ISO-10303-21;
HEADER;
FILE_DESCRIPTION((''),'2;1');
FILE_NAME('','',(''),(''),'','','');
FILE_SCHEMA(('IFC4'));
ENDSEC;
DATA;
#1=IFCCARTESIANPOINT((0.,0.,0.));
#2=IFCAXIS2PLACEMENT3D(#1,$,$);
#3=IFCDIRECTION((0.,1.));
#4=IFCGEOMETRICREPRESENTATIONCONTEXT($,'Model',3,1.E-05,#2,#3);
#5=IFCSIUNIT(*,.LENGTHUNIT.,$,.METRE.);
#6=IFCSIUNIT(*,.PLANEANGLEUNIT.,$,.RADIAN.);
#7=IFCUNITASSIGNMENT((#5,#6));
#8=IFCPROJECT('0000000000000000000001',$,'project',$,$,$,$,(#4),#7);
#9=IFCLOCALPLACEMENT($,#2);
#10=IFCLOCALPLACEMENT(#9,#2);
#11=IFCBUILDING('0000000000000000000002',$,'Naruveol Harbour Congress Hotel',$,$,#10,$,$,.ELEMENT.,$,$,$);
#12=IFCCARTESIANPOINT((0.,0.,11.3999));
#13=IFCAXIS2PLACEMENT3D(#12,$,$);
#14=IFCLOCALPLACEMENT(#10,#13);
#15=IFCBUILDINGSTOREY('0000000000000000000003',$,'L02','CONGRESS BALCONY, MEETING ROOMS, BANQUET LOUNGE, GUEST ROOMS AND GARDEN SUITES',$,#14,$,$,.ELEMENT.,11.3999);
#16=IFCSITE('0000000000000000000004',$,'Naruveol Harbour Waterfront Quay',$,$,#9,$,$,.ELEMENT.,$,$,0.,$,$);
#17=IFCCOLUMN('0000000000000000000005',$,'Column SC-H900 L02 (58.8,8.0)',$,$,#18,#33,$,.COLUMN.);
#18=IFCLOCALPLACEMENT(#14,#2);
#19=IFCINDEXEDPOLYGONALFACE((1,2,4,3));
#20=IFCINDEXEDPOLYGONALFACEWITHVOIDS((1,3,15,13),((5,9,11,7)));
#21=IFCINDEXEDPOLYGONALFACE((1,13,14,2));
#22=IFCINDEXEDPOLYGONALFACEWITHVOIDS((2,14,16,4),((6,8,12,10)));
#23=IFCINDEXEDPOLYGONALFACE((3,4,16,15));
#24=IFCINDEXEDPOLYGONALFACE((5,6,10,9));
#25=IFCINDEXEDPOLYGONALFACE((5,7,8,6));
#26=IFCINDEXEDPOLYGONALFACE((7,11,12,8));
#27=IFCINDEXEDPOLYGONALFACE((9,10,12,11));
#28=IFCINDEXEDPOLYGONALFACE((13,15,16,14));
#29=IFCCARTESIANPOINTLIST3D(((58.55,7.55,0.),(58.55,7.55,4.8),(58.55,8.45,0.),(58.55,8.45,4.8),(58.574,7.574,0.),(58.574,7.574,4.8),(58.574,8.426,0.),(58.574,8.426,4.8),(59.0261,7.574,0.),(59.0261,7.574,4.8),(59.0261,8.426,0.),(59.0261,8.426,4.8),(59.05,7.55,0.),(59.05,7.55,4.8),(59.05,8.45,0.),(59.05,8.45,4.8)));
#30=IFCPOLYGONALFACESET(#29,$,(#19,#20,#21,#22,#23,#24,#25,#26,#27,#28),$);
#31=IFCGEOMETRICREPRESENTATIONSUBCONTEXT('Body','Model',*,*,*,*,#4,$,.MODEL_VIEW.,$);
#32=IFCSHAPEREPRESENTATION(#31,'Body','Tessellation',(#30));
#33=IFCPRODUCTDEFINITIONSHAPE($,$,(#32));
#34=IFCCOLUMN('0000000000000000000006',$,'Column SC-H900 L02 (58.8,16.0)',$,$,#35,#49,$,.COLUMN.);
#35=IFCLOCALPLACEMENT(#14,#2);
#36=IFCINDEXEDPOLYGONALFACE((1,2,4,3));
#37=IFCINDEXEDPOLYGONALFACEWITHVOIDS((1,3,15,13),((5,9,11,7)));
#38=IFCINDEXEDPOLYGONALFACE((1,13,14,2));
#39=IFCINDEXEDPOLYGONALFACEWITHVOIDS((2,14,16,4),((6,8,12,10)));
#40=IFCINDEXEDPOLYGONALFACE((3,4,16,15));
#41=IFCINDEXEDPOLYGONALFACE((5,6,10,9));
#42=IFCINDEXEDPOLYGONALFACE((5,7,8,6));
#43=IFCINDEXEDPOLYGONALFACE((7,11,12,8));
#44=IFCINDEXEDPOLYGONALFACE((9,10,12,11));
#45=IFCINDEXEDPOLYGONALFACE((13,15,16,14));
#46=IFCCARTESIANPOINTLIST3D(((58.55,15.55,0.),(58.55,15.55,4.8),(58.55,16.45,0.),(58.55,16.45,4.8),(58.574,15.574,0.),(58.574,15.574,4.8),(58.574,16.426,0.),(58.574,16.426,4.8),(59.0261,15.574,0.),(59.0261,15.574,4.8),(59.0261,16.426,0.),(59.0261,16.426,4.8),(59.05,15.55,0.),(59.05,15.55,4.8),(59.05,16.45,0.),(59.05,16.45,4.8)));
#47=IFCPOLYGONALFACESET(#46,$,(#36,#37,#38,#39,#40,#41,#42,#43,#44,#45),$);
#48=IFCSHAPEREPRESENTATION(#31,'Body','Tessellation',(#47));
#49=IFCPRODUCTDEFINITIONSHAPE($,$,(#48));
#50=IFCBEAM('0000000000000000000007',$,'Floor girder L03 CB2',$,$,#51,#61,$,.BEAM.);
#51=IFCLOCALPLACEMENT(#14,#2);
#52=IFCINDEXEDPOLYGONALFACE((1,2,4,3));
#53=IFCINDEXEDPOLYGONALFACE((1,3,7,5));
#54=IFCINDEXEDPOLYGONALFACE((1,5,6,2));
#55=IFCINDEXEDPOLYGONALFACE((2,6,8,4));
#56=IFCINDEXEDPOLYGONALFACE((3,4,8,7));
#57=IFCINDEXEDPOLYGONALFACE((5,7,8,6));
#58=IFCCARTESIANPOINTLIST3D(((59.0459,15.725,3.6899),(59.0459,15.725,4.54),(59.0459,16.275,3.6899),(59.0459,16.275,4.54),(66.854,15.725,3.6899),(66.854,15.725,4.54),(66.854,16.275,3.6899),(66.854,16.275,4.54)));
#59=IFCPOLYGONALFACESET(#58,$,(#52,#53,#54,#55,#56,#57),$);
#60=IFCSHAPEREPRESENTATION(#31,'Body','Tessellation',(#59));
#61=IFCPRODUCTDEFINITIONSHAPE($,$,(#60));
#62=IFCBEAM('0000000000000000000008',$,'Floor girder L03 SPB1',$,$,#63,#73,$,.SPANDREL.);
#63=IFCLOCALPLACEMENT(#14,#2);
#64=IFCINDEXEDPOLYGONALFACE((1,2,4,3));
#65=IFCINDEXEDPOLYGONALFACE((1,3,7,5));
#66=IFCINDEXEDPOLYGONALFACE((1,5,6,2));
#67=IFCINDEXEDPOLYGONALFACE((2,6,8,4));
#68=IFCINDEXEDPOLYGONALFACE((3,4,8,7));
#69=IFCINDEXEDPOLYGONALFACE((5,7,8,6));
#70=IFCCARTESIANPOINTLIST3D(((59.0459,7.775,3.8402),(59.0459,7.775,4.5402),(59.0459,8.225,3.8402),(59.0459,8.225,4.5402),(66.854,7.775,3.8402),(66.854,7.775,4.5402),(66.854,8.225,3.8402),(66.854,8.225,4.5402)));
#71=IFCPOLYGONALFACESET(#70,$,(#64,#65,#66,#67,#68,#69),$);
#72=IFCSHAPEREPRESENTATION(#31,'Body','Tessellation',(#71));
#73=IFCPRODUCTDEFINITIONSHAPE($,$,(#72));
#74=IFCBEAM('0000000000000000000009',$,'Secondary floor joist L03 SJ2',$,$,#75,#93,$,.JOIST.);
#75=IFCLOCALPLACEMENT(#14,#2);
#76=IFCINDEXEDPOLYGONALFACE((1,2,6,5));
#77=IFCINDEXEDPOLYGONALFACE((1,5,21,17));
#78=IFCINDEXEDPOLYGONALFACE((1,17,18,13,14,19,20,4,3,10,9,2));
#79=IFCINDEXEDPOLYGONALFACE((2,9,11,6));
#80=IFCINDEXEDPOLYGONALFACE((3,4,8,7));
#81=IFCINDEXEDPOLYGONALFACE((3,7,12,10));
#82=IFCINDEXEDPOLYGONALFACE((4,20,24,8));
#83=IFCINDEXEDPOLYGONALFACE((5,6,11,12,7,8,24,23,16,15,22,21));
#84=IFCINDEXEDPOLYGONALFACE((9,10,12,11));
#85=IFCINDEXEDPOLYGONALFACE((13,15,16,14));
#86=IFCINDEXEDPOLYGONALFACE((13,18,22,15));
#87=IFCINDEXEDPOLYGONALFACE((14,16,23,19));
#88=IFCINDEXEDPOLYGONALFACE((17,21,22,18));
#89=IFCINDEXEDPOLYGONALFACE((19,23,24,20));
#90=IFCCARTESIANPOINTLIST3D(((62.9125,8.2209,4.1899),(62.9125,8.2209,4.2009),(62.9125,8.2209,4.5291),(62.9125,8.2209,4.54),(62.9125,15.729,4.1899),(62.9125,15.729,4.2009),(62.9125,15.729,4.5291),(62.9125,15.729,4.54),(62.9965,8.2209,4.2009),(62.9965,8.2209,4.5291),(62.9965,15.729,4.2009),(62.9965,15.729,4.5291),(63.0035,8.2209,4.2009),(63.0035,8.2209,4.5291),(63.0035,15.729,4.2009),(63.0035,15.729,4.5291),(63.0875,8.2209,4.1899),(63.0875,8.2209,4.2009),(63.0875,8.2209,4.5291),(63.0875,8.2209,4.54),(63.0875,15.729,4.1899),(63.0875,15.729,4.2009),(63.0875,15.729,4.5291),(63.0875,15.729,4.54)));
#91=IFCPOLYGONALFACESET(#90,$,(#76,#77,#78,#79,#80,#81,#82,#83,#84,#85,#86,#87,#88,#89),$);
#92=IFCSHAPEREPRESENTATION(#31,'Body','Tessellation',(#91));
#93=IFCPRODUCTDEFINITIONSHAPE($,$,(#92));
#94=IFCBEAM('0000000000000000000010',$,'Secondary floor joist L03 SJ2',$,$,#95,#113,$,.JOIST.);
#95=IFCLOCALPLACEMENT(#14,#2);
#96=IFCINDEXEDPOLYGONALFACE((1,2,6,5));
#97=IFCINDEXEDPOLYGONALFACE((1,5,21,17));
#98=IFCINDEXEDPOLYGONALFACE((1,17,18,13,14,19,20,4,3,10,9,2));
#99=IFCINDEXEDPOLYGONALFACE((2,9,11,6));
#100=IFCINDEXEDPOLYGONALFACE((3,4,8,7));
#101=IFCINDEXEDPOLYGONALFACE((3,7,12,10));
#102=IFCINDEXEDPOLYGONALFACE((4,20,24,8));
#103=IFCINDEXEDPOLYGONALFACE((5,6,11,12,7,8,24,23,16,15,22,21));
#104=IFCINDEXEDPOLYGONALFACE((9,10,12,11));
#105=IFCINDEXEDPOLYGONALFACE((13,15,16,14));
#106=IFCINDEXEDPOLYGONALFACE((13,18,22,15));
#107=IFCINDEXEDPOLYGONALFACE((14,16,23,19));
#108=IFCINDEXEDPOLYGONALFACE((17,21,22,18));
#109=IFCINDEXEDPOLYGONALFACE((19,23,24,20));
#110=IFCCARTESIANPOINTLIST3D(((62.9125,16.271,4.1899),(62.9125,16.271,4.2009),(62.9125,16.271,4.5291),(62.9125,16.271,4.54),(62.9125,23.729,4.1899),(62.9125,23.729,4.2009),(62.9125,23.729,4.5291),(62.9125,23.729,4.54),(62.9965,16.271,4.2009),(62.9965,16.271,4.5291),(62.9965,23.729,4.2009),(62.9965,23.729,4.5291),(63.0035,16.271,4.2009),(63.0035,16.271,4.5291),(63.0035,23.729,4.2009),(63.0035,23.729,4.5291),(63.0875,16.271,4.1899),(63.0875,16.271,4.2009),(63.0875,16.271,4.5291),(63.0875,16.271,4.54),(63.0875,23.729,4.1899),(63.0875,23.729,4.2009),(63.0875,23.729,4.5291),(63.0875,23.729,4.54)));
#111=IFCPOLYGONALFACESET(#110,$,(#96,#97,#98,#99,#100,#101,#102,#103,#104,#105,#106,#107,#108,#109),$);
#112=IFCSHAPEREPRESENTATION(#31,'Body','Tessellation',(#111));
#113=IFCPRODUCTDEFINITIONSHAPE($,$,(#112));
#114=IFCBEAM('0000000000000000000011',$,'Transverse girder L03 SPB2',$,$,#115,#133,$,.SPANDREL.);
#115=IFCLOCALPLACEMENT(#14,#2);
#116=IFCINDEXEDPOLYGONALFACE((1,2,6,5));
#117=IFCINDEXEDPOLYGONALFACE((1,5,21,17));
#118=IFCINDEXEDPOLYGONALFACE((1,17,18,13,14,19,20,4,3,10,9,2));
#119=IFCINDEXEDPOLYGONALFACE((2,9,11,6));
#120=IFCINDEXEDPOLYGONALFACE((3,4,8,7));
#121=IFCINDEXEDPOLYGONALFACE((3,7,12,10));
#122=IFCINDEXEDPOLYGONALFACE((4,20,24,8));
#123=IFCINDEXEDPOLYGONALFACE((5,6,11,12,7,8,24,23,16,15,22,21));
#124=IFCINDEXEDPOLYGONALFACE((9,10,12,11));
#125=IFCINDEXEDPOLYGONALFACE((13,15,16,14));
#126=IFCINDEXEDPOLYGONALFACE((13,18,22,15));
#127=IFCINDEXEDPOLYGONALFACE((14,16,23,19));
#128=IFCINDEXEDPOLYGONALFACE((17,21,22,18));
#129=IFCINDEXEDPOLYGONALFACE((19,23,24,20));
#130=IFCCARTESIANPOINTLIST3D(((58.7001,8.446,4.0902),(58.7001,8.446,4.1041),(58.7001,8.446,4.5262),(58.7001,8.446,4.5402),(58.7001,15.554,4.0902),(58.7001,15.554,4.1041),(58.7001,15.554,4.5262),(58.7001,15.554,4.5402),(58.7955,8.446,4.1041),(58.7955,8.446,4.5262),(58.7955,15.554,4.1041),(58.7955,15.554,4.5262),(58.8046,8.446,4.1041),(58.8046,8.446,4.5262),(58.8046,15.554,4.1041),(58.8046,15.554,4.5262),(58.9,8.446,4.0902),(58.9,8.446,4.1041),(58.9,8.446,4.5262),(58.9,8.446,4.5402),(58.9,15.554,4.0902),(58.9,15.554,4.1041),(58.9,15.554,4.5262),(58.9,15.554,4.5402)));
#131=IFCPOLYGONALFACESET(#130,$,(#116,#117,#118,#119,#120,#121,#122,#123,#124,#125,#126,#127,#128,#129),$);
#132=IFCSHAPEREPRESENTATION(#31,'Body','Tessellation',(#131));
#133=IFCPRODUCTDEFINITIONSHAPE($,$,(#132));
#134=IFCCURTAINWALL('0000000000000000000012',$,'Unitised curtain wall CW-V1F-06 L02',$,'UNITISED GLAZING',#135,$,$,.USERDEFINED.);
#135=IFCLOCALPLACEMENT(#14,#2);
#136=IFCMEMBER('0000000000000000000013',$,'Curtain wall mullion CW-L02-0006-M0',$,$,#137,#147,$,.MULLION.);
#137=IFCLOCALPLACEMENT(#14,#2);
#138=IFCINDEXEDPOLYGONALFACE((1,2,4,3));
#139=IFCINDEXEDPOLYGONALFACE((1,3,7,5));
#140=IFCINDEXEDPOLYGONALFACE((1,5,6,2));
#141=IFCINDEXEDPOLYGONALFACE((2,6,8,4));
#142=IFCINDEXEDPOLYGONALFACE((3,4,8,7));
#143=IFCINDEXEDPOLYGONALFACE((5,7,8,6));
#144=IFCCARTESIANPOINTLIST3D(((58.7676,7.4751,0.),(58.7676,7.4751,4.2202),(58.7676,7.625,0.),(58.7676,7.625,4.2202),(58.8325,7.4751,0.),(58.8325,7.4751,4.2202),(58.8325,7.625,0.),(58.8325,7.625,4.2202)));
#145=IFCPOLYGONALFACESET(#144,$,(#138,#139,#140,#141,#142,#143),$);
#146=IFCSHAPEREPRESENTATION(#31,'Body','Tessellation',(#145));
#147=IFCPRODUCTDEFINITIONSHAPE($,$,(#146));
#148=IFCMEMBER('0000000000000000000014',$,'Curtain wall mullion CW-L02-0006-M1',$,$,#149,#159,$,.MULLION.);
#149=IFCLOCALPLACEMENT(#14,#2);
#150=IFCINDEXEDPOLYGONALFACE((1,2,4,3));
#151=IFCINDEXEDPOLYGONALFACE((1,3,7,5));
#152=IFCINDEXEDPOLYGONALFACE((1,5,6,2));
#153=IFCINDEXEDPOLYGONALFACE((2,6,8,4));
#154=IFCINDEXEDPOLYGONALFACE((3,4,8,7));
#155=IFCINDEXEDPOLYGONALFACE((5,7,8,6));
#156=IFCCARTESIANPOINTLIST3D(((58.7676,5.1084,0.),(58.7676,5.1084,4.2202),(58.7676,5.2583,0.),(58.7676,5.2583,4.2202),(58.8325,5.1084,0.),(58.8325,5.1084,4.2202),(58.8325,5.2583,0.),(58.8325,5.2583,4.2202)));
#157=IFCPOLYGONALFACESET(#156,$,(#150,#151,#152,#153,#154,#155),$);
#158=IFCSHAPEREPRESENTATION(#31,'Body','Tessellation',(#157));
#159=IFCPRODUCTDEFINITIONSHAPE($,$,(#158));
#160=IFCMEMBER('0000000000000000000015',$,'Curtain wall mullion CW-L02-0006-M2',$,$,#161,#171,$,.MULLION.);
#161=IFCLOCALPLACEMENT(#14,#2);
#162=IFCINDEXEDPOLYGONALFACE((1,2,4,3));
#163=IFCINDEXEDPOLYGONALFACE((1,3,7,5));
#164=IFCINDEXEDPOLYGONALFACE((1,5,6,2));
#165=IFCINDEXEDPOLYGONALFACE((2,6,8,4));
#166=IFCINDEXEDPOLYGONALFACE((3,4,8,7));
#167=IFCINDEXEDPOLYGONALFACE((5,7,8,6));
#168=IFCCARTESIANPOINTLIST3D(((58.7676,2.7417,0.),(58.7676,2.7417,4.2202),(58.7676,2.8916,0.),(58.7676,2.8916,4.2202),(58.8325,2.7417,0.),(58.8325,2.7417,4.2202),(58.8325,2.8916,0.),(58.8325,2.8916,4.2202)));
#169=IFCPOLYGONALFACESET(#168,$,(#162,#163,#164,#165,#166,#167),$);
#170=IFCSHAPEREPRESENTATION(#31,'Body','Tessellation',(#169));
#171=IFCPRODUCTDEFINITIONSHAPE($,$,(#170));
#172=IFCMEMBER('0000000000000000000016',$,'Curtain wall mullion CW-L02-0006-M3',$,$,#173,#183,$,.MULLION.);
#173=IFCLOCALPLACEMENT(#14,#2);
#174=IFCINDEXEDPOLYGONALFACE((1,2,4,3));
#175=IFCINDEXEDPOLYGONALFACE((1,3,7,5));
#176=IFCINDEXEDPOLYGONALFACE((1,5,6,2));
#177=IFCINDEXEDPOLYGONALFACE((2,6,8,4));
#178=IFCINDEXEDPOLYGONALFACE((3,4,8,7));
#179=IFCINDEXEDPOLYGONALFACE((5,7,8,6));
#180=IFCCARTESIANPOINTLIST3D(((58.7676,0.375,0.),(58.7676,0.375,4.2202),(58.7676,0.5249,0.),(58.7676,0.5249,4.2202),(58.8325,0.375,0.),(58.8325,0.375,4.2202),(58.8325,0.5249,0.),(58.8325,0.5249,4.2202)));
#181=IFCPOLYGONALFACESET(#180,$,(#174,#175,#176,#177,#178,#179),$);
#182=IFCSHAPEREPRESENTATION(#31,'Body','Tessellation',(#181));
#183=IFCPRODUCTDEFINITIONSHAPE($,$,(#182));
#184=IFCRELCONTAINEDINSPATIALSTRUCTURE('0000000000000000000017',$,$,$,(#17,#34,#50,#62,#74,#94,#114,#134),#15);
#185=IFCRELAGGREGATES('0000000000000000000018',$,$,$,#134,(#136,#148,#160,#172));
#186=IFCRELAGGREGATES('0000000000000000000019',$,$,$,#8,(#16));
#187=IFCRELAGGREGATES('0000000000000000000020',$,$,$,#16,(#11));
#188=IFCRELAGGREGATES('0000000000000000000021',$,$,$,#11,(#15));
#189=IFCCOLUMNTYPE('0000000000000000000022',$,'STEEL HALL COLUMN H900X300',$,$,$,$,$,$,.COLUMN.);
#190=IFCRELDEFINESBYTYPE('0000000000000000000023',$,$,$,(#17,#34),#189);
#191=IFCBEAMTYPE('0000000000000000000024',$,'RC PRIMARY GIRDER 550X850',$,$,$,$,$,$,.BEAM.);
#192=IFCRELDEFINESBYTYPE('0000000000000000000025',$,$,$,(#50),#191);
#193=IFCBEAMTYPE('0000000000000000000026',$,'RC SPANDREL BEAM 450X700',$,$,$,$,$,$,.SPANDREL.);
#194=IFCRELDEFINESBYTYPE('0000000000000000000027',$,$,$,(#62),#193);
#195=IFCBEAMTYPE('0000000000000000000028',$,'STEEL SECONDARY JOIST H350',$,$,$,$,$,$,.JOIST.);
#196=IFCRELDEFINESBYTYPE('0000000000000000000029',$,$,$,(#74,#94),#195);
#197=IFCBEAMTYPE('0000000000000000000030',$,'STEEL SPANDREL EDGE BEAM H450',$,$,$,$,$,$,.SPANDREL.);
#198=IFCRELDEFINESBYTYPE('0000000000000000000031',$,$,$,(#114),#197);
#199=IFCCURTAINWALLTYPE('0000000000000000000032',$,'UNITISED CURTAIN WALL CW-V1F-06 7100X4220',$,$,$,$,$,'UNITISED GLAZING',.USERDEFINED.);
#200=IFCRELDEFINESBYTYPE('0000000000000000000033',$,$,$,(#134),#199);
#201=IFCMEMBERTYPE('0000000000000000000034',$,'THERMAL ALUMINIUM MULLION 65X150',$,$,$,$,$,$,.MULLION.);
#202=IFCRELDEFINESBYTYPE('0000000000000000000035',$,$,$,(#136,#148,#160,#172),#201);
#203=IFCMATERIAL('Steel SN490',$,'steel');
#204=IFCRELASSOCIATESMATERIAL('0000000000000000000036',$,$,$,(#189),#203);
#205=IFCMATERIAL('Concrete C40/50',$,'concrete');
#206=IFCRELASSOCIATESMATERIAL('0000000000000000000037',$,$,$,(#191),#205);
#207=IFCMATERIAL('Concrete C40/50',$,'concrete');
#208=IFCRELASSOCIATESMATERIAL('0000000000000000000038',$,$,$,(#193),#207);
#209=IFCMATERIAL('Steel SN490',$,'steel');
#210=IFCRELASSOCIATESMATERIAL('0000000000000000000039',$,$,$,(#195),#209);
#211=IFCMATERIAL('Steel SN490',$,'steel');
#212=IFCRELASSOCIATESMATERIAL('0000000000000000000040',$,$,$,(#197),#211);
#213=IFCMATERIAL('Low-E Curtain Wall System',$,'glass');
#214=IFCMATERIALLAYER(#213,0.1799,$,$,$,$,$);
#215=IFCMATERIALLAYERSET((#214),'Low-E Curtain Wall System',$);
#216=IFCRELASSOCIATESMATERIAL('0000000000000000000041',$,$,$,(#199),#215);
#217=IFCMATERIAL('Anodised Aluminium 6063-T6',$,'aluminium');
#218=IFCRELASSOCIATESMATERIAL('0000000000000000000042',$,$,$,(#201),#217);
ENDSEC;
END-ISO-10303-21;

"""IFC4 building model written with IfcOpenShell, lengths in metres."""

from ifc_helpers import new_model, si_unit, direction, frame, origin, origin_2d, place, context, subcontext, project, spatial, rectangle, hollow_rectangle, i_section, extrude, material, layer, layer_set, material_profile, profile_set, type_object, element, aggregate, save


model = new_model("IFC4")

# Units and contexts
model_context = context("Model", 3, precision=1e-05, world=origin(), true_north=direction((0.0, 1.0)))
body_context = subcontext(model_context, "Body", "Model", "MODEL_VIEW")
ifc_project = project(units=[si_unit("LENGTHUNIT", "METRE"), si_unit("PLANEANGLEUNIT", "RADIAN")], contexts=[model_context])

# Site, building, storey
site_placement = place(None, origin())
site = spatial("IfcSite", under=ifc_project, at=site_placement, Name="Naruveol Harbour Waterfront Quay", CompositionType="ELEMENT", RefElevation=0.0)
building_placement = place(site_placement, origin())
building = spatial("IfcBuilding", under=site, at=building_placement, Name="Naruveol Harbour Congress Hotel", CompositionType="ELEMENT")
storey_placement = place(building_placement, frame((0.0, 0.0, 11.3999)))
storey = spatial("IfcBuildingStorey", under=building, at=storey_placement, Name="L02", Description="CONGRESS BALCONY, MEETING ROOMS, BANQUET LOUNGE, GUEST ROOMS AND GARDEN SUITES", CompositionType="ELEMENT", Elevation=11.3999)

# Columns
ifc_material_1 = material(Name="Steel SN490", Category="steel")
ifc_material_profile_1 = material_profile(ifc_material_1, hollow_rectangle(XDim=0.5, YDim=0.8999, WallThickness=0.0239, at=origin_2d()), Name="RHS-900x500x24")
ifc_profile_set_1 = profile_set([ifc_material_profile_1], Name="Steel SN490")
column_type = type_object("IfcColumnType", Name="STEEL HALL COLUMN H900X300", PredefinedType="COLUMN", material=ifc_profile_set_1)
for number, where, z_axis, x_axis, name in (
    (1, (58.8, 8.0, 0.0), (0.0, 0.0, 1.0), (1.0, 0.0, 0.0), "Column SC-H900 L02 (58.8,8.0)"),
    (2, (58.8, 16.0, 0.0), (0.0, 0.0, 1.0), (1.0, 0.0, 0.0), "Column SC-H900 L02 (58.8,16.0)"),
):
    element("IfcColumn", number, at=place(storey_placement, frame(where, z_axis=z_axis, x_axis=x_axis)), inside=storey, type_object=column_type, Name=name, PredefinedType="COLUMN", context=body_context, shape_type="SweptSolid", body=[
        extrude(hollow_rectangle(XDim=0.5, YDim=0.8999, WallThickness=0.0239, at=origin_2d()), origin(), (0.0, 0.0, 1.0), 4.8),
    ])

# Beams
ifc_material_2 = material(Name="Concrete C40/50", Category="concrete")
ifc_material_profile_2 = material_profile(ifc_material_2, rectangle(XDim=0.55, YDim=0.8501, at=origin_2d()), Name="RCB-550x850")
ifc_profile_set_2 = profile_set([ifc_material_profile_2], Name="Concrete C40/50")
beam_type_1 = type_object("IfcBeamType", Name="RC PRIMARY GIRDER 550X850", PredefinedType="BEAM", material=ifc_profile_set_2)
beam_1_placement = place(storey_placement, frame((59.0459, 16.0, 4.115), z_axis=(1.0, 0.0, 0.0), x_axis=(0.0, 1.0, 0.0)))
element("IfcBeam", 3, at=beam_1_placement, inside=storey, type_object=beam_type_1, Name="Floor girder L03 CB2", PredefinedType="BEAM", context=body_context, shape_type="SweptSolid", body=[
    extrude(rectangle(XDim=0.55, YDim=0.8501, at=origin_2d()), origin(), (0.0, 0.0, 1.0), 7.8081),
])
ifc_material_3 = material(Name="Concrete C40/50", Category="concrete")
ifc_material_profile_3 = material_profile(ifc_material_3, rectangle(XDim=0.45, YDim=0.7, at=origin_2d()), Name="RCB-450x700")
ifc_profile_set_3 = profile_set([ifc_material_profile_3], Name="Concrete C40/50")
beam_type_2 = type_object("IfcBeamType", Name="RC SPANDREL BEAM 450X700", PredefinedType="SPANDREL", material=ifc_profile_set_3)
beam_2_placement = place(storey_placement, frame((59.0459, 8.0, 4.1902), z_axis=(1.0, 0.0, 0.0), x_axis=(0.0, 1.0, 0.0)))
element("IfcBeam", 4, at=beam_2_placement, inside=storey, type_object=beam_type_2, Name="Floor girder L03 SPB1", PredefinedType="SPANDREL", context=body_context, shape_type="SweptSolid", body=[
    extrude(rectangle(XDim=0.45, YDim=0.7, at=origin_2d()), origin(), (0.0, 0.0, 1.0), 7.8081),
])
ifc_material_4 = material(Name="Steel SN490", Category="steel")
ifc_material_profile_4 = material_profile(ifc_material_4, i_section(OverallWidth=0.175, OverallDepth=0.3501, WebThickness=0.0071, FlangeThickness=0.011, at=origin_2d()), Name="H-350x175x7x11")
ifc_profile_set_4 = profile_set([ifc_material_profile_4], Name="Steel SN490")
beam_type_3 = type_object("IfcBeamType", Name="STEEL SECONDARY JOIST H350", PredefinedType="JOIST", material=ifc_profile_set_4)
beam_3_placement = place(storey_placement, frame((63.0, 8.2209, 4.365), z_axis=(0.0, 1.0, 0.0), x_axis=(-1.0, 0.0, 0.0)))
element("IfcBeam", 5, at=beam_3_placement, inside=storey, type_object=beam_type_3, Name="Secondary floor joist L03 SJ2", PredefinedType="JOIST", context=body_context, shape_type="SweptSolid", body=[
    extrude(i_section(OverallWidth=0.175, OverallDepth=0.3501, WebThickness=0.0071, FlangeThickness=0.011, at=origin_2d()), origin(), (0.0, 0.0, 1.0), 7.5081),
])
beam_4_placement = place(storey_placement, frame((63.0, 16.271, 4.365), z_axis=(0.0, 1.0, 0.0), x_axis=(-1.0, 0.0, 0.0)))
element("IfcBeam", 6, at=beam_4_placement, inside=storey, type_object=beam_type_3, Name="Secondary floor joist L03 SJ2", PredefinedType="JOIST", context=body_context, shape_type="SweptSolid", body=[
    extrude(i_section(OverallWidth=0.175, OverallDepth=0.3501, WebThickness=0.0071, FlangeThickness=0.011, at=origin_2d()), origin(), (0.0, 0.0, 1.0), 7.458),
])
ifc_material_5 = material(Name="Steel SN490", Category="steel")
ifc_material_profile_5 = material_profile(ifc_material_5, i_section(OverallWidth=0.2, OverallDepth=0.45, WebThickness=0.009, FlangeThickness=0.0139, at=origin_2d()), Name="H-450x200x9x14")
ifc_profile_set_5 = profile_set([ifc_material_profile_5], Name="Steel SN490")
beam_type_4 = type_object("IfcBeamType", Name="STEEL SPANDREL EDGE BEAM H450", PredefinedType="SPANDREL", material=ifc_profile_set_5)
beam_5_placement = place(storey_placement, frame((58.8, 8.446, 4.3152), z_axis=(0.0, 1.0, 0.0), x_axis=(-1.0, 0.0, 0.0)))
element("IfcBeam", 7, at=beam_5_placement, inside=storey, type_object=beam_type_4, Name="Transverse girder L03 SPB2", PredefinedType="SPANDREL", context=body_context, shape_type="SweptSolid", body=[
    extrude(i_section(OverallWidth=0.2, OverallDepth=0.45, WebThickness=0.009, FlangeThickness=0.0139, at=origin_2d()), origin(), (0.0, 0.0, 1.0), 7.1079),
])

# Curtain wall, members
ifc_material_6 = material(Name="Low-E Curtain Wall System", Category="glass")
ifc_layer_1 = layer(ifc_material_6, 0.1799)
ifc_layer_set_1 = layer_set([ifc_layer_1], Name="Low-E Curtain Wall System")
curtain_wall_type = type_object("IfcCurtainWallType", Name="UNITISED CURTAIN WALL CW-V1F-06 7100X4220", ElementType="UNITISED GLAZING", PredefinedType="USERDEFINED", material=ifc_layer_set_1)
curtain_wall_placement = place(storey_placement, origin())
curtain_wall = element("IfcCurtainWall", 8, at=curtain_wall_placement, inside=storey, type_object=curtain_wall_type, Name="Unitised curtain wall CW-V1F-06 L02", ObjectType="UNITISED GLAZING", PredefinedType="USERDEFINED")
ifc_material_7 = material(Name="Anodised Aluminium 6063-T6", Category="aluminium")
ifc_material_profile_6 = material_profile(ifc_material_7, rectangle(XDim=0.0649, YDim=0.1499, at=origin_2d()), Name="ALU-65x150")
ifc_profile_set_6 = profile_set([ifc_material_profile_6], Name="Anodised Aluminium 6063-T6")
member_type_1 = type_object("IfcMemberType", Name="THERMAL ALUMINIUM MULLION 65X150", PredefinedType="MULLION", material=ifc_profile_set_6)
member_1_placement = place(storey_placement, frame((58.8, 7.55, 0.0), z_axis=(0.0, 0.0, 1.0), x_axis=(1.0, 0.0, 0.0)))
member_1 = element("IfcMember", 9, at=member_1_placement, type_object=member_type_1, Name="Curtain wall mullion CW-L02-0006-M0", PredefinedType="MULLION", context=body_context, shape_type="SweptSolid", body=[
    extrude(rectangle(XDim=0.0649, YDim=0.1499, at=origin_2d()), origin(), (0.0, 0.0, 1.0), 4.2202),
])
member_2_placement = place(storey_placement, frame((58.8, 5.1833, 0.0), z_axis=(0.0, 0.0, 1.0), x_axis=(1.0, 0.0, 0.0)))
member_2 = element("IfcMember", 10, at=member_2_placement, type_object=member_type_1, Name="Curtain wall mullion CW-L02-0006-M1", PredefinedType="MULLION", context=body_context, shape_type="SweptSolid", body=[
    extrude(rectangle(XDim=0.0649, YDim=0.1499, at=origin_2d()), origin(), (0.0, 0.0, 1.0), 4.2202),
])
member_3_placement = place(storey_placement, frame((58.8, 2.8167, 0.0), z_axis=(0.0, 0.0, 1.0), x_axis=(1.0, 0.0, 0.0)))
member_3 = element("IfcMember", 11, at=member_3_placement, type_object=member_type_1, Name="Curtain wall mullion CW-L02-0006-M2", PredefinedType="MULLION", context=body_context, shape_type="SweptSolid", body=[
    extrude(rectangle(XDim=0.0649, YDim=0.1499, at=origin_2d()), origin(), (0.0, 0.0, 1.0), 4.2202),
])
member_4_placement = place(storey_placement, frame((58.8, 0.45, 0.0), z_axis=(0.0, 0.0, 1.0), x_axis=(1.0, 0.0, 0.0)))
member_4 = element("IfcMember", 12, at=member_4_placement, type_object=member_type_1, Name="Curtain wall mullion CW-L02-0006-M3", PredefinedType="MULLION", context=body_context, shape_type="SweptSolid", body=[
    extrude(rectangle(XDim=0.0649, YDim=0.1499, at=origin_2d()), origin(), (0.0, 0.0, 1.0), 4.2202),
])
aggregate(curtain_wall, [member_1, member_2, member_3, member_4])

save(model, "model.ifc")
